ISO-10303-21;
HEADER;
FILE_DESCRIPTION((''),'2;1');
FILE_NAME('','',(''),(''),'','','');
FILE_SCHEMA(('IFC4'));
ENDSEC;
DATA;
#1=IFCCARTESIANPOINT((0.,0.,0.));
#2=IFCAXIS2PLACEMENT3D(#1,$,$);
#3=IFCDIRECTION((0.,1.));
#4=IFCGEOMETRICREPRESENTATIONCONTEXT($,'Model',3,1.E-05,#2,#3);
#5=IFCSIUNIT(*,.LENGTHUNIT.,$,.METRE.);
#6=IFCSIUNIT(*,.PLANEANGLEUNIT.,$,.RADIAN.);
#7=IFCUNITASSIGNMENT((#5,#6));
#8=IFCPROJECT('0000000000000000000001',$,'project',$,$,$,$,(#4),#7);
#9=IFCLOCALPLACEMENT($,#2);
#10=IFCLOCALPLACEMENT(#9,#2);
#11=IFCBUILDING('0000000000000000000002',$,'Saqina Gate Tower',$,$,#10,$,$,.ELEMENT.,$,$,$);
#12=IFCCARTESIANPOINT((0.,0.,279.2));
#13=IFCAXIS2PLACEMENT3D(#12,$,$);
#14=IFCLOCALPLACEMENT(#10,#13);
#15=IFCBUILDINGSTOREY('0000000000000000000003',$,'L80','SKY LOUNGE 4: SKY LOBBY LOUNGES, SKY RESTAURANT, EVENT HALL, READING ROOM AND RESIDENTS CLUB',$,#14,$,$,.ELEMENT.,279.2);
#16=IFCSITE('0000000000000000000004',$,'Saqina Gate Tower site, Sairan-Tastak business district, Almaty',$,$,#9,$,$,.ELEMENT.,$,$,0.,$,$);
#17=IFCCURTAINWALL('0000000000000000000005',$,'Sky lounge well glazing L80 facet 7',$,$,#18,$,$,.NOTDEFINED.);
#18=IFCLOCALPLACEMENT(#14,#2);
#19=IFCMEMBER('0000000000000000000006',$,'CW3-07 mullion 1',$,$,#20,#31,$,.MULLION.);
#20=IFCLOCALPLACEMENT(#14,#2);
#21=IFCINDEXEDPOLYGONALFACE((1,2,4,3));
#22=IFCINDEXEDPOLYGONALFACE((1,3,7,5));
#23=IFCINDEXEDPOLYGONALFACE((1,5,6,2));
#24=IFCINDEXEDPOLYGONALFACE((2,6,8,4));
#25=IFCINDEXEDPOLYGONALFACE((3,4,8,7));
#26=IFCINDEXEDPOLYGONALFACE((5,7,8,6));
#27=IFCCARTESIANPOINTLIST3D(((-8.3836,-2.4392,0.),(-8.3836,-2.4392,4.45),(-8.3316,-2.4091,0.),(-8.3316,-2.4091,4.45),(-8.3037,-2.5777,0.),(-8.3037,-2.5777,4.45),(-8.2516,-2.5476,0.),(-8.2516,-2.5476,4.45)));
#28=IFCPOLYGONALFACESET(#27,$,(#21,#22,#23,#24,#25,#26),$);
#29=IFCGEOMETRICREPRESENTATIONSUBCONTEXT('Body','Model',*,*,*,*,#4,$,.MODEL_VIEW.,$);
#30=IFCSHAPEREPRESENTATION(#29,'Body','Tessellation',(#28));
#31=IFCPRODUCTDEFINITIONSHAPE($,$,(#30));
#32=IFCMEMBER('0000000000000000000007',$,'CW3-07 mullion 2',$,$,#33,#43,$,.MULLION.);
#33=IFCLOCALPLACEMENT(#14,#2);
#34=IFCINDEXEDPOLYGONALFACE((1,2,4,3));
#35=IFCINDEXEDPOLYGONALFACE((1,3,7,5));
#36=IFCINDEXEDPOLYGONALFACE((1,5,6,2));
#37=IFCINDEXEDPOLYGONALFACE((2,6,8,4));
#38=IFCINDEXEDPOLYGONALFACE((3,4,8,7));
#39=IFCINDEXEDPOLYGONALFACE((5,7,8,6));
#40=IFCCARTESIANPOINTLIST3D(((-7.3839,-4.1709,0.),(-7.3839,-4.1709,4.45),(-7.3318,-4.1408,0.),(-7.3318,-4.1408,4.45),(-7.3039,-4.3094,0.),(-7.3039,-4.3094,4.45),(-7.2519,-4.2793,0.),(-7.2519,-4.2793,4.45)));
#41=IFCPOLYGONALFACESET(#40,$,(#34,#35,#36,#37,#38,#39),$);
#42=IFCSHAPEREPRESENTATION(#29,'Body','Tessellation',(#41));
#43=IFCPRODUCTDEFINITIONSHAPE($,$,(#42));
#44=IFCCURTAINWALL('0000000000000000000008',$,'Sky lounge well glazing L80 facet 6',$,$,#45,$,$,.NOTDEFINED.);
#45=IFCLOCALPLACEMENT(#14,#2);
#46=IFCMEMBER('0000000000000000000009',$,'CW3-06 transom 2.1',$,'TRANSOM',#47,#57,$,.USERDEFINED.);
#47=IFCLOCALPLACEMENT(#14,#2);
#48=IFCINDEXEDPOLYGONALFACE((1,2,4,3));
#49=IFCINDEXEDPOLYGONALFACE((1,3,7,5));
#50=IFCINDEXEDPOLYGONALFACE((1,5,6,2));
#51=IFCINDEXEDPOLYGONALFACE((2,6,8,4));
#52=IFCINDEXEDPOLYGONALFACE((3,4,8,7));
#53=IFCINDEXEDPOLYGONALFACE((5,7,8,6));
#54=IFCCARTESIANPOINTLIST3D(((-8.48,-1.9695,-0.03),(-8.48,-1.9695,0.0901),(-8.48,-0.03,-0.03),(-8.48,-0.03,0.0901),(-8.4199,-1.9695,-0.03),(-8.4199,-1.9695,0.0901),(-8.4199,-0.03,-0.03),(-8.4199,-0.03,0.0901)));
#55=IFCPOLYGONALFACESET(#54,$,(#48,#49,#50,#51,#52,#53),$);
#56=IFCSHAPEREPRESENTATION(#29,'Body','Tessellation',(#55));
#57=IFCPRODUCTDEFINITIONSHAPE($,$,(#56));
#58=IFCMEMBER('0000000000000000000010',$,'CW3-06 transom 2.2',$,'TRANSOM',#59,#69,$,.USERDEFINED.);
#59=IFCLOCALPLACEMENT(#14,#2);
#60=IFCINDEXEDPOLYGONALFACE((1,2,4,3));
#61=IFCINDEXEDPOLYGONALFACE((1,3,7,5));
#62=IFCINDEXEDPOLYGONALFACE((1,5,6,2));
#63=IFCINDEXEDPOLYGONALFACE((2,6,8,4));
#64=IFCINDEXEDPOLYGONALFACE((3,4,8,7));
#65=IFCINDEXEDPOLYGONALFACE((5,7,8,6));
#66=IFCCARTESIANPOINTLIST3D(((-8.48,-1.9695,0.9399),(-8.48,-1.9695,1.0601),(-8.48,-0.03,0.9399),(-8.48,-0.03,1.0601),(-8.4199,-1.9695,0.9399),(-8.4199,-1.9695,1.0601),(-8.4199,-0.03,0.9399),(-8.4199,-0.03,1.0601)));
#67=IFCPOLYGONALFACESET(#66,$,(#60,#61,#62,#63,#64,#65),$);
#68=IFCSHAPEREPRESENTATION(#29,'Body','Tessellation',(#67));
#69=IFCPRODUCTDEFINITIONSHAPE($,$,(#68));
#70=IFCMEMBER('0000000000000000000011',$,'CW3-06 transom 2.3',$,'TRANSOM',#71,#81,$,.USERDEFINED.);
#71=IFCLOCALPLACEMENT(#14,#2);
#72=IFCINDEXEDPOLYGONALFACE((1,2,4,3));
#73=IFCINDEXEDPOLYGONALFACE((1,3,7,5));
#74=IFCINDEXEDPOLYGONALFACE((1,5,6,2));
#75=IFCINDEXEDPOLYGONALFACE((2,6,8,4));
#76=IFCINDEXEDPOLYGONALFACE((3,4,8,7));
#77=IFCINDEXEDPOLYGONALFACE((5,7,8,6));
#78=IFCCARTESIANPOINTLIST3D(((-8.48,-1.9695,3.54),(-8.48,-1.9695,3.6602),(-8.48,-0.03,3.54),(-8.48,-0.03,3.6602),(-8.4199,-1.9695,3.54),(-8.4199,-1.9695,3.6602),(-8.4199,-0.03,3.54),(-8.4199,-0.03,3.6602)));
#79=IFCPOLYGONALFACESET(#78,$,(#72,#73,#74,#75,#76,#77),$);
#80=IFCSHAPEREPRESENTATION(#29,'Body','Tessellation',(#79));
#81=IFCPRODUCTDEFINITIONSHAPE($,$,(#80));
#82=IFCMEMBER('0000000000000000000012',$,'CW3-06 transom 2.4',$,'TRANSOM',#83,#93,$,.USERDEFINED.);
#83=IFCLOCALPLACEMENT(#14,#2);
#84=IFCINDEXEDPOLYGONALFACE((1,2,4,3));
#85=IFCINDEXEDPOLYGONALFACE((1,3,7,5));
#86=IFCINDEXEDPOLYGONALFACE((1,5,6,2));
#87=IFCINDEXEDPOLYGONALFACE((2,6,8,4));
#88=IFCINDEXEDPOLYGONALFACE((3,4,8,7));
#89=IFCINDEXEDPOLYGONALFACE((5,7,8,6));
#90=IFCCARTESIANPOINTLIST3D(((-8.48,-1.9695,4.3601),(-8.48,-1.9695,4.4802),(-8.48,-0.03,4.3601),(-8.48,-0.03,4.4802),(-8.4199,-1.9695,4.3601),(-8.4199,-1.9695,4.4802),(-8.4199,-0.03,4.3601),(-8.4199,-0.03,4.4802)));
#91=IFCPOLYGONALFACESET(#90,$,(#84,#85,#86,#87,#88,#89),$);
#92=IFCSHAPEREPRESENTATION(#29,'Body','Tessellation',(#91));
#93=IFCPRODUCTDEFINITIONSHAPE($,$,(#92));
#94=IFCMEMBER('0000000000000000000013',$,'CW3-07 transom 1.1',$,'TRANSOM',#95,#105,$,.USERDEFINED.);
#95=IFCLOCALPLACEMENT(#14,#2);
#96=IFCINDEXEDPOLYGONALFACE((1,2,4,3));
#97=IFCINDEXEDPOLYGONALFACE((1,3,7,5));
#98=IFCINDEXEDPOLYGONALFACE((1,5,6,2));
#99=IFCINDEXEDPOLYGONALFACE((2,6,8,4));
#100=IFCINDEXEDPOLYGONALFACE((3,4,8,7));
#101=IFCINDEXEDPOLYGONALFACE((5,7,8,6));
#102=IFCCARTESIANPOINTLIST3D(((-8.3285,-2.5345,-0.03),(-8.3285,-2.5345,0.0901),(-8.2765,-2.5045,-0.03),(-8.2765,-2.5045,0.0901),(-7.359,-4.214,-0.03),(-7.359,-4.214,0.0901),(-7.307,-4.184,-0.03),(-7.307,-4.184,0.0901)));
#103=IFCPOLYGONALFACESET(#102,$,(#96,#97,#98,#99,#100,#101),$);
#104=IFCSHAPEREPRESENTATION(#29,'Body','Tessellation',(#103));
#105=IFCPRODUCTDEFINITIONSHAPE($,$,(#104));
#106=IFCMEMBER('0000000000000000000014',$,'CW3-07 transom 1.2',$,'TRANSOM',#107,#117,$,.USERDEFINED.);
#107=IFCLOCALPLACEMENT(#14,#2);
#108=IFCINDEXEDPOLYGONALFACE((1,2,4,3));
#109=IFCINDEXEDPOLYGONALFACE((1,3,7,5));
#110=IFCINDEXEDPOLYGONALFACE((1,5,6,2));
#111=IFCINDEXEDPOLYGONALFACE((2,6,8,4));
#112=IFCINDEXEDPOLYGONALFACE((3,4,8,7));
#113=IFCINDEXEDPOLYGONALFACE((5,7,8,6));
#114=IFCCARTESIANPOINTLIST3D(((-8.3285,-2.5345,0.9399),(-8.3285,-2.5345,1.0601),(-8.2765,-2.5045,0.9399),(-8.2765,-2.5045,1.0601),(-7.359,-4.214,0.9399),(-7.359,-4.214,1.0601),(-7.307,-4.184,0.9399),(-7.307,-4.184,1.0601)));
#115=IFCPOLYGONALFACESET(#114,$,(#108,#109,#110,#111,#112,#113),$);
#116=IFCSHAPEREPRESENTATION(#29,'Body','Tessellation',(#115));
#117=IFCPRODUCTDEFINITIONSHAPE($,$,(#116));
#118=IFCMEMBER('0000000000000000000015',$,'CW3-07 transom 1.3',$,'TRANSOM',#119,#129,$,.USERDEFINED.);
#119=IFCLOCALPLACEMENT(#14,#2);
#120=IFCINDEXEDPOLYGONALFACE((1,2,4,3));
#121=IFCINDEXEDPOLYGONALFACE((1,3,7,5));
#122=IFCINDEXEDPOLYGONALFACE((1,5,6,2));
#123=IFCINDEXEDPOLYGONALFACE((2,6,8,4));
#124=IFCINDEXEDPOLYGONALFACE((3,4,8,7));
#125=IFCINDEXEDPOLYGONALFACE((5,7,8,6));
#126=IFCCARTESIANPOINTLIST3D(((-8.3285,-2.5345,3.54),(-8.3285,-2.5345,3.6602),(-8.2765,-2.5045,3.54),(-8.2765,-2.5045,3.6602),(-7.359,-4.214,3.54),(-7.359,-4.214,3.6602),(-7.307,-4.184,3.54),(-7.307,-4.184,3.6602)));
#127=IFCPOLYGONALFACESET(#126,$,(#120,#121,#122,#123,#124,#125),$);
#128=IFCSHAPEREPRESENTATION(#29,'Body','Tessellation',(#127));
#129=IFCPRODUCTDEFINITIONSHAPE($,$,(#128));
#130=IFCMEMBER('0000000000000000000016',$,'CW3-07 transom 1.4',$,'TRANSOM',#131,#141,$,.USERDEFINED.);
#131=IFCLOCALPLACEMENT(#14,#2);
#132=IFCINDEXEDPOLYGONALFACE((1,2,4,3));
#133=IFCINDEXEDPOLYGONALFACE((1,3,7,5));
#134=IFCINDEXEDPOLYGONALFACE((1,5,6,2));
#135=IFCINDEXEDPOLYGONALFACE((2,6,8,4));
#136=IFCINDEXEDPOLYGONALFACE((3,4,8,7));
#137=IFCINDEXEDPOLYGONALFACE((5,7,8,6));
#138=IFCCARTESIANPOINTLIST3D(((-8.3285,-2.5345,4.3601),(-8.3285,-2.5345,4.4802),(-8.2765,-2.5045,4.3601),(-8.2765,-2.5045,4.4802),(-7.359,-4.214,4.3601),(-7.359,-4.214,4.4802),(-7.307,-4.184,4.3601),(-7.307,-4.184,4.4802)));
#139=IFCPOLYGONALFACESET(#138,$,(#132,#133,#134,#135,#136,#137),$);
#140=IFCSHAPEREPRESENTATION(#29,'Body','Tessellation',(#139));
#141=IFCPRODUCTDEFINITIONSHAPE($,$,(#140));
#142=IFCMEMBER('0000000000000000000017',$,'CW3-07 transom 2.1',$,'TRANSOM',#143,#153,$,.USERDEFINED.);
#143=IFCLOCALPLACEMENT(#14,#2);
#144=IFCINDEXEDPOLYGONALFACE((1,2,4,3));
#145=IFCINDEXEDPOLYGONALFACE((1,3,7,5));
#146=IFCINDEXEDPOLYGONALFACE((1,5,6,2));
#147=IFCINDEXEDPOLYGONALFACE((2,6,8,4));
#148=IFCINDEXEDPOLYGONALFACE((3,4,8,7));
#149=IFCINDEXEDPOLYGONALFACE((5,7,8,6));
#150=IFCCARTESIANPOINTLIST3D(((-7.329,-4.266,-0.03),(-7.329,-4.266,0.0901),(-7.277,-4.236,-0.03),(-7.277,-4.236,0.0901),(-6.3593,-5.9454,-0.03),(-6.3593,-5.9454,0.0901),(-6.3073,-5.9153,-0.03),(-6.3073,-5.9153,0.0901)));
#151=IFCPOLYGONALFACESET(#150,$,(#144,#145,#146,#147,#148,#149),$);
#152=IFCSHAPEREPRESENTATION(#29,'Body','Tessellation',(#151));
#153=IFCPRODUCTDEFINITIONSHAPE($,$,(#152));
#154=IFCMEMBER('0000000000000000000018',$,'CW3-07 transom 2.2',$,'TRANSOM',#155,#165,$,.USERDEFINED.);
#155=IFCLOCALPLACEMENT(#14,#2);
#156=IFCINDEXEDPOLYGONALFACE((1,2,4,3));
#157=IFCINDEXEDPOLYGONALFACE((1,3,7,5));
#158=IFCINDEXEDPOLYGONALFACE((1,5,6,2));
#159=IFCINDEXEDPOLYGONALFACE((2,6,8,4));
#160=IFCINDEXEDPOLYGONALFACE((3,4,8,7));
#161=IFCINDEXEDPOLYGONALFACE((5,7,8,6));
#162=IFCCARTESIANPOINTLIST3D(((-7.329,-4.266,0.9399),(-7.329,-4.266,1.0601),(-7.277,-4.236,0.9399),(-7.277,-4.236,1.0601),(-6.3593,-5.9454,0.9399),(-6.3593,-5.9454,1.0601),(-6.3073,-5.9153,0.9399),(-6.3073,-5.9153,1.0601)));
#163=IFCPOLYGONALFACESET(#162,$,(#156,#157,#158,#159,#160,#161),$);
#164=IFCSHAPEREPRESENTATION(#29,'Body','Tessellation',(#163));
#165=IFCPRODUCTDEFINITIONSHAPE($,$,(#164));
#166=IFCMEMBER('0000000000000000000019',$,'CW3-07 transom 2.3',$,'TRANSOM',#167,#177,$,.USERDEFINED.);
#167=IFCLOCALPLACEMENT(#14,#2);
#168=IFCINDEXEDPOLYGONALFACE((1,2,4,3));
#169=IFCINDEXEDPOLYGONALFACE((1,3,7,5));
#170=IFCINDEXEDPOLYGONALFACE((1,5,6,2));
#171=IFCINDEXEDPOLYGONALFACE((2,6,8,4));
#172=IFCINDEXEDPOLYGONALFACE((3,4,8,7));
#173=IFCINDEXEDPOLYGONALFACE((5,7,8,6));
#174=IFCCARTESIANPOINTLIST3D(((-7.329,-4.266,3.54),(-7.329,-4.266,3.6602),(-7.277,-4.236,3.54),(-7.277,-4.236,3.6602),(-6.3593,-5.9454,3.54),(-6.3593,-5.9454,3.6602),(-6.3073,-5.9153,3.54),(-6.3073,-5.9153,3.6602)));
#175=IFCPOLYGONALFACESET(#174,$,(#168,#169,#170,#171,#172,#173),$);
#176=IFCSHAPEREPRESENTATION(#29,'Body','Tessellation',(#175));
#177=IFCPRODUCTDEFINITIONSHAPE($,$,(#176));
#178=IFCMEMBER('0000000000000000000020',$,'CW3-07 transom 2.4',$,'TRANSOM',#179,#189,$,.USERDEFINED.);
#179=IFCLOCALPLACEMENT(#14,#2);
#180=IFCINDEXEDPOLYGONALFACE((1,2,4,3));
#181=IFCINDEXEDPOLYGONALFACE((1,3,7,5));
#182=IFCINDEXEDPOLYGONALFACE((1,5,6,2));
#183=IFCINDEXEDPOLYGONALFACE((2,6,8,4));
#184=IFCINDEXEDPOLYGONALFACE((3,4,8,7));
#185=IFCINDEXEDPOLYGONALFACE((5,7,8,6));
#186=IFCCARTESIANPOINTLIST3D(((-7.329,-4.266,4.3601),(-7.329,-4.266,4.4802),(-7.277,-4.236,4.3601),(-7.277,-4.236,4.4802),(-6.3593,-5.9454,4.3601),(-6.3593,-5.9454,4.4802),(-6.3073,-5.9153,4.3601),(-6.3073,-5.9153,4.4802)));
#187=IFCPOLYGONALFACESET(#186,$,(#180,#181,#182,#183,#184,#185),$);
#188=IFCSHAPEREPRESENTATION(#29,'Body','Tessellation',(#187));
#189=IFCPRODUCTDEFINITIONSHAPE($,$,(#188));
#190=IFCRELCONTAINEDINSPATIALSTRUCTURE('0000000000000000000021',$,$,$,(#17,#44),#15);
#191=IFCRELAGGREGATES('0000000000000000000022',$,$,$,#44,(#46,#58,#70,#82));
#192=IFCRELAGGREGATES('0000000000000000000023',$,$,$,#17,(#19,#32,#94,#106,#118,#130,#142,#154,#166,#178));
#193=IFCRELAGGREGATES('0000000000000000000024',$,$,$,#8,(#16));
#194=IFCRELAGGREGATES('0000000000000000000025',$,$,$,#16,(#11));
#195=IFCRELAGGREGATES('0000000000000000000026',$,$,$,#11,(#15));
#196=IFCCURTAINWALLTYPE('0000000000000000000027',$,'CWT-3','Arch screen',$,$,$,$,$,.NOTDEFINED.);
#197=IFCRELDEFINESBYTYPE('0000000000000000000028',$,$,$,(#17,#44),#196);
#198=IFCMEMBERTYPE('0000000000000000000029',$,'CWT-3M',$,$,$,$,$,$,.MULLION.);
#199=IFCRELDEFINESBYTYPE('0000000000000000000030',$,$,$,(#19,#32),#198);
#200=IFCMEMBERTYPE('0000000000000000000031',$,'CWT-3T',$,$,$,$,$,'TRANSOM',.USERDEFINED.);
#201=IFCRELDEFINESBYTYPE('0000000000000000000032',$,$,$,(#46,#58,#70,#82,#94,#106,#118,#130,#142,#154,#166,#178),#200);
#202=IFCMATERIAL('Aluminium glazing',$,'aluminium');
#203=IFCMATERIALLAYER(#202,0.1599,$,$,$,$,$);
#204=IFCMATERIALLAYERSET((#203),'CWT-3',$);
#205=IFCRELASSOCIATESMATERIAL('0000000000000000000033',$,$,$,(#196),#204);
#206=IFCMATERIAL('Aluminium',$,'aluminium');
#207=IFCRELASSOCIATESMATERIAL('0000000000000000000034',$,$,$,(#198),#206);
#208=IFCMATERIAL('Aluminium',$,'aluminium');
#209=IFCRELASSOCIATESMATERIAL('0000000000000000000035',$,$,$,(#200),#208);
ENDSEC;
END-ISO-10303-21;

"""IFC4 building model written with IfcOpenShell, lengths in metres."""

from ifc_helpers import new_model, si_unit, direction, frame, origin, origin_2d, place, context, subcontext, project, spatial, rectangle, extrude, material, layer, layer_set, material_profile, profile_set, type_object, element, aggregate, save


model = new_model("IFC4")

# Units and contexts
model_context = context("Model", 3, precision=1e-05, world=origin(), true_north=direction((0.0, 1.0)))
body_context = subcontext(model_context, "Body", "Model", "MODEL_VIEW")
ifc_project = project(units=[si_unit("LENGTHUNIT", "METRE"), si_unit("PLANEANGLEUNIT", "RADIAN")], contexts=[model_context])

# Site, building, storey
site_placement = place(None, origin())
site = spatial("IfcSite", under=ifc_project, at=site_placement, Name="Saqina Gate Tower site, Sairan-Tastak business district, Almaty", CompositionType="ELEMENT", RefElevation=0.0)
building_placement = place(site_placement, origin())
building = spatial("IfcBuilding", under=site, at=building_placement, Name="Saqina Gate Tower", CompositionType="ELEMENT")
storey_placement = place(building_placement, frame((0.0, 0.0, 279.2)))
storey = spatial("IfcBuildingStorey", under=building, at=storey_placement, Name="L80", Description="SKY LOUNGE 4: SKY LOBBY LOUNGES, SKY RESTAURANT, EVENT HALL, READING ROOM AND RESIDENTS CLUB", CompositionType="ELEMENT", Elevation=279.2)

# Curtain walls, members
ifc_material_1 = material(Name="Aluminium glazing", Category="aluminium")
ifc_layer_1 = layer(ifc_material_1, 0.1599)
ifc_layer_set_1 = layer_set([ifc_layer_1], Name="CWT-3")
curtain_wall_type = type_object("IfcCurtainWallType", Name="CWT-3", Description="Arch screen", PredefinedType="NOTDEFINED", material=ifc_layer_set_1)
curtain_wall_1_placement = place(storey_placement, origin())
curtain_wall_1 = element("IfcCurtainWall", 1, at=curtain_wall_1_placement, inside=storey, type_object=curtain_wall_type, Name="Sky lounge well glazing L80 facet 7", PredefinedType="NOTDEFINED")
ifc_material_2 = material(Name="Aluminium", Category="aluminium")
ifc_material_profile_1 = material_profile(ifc_material_2, rectangle(XDim=0.0601, YDim=0.1599, at=origin_2d()), Name="Aluminium 60x160")
ifc_profile_set_1 = profile_set([ifc_material_profile_1], Name="Aluminium")
member_type_1 = type_object("IfcMemberType", Name="CWT-3M", PredefinedType="MULLION", material=ifc_profile_set_1)
member_1_placement = place(storey_placement, frame((-8.3176, -2.4934, 0.0), z_axis=(0.0, 0.0, 1.0), x_axis=(0.866024, 0.500003, 0.0)))
member_1 = element("IfcMember", 2, at=member_1_placement, type_object=member_type_1, Name="CW3-07 mullion 1", PredefinedType="MULLION", context=body_context, shape_type="SweptSolid", body=[
    extrude(rectangle(XDim=0.0601, YDim=0.1599, at=origin_2d()), origin(), (0.0, 0.0, 1.0), 4.45),
])
member_2_placement = place(storey_placement, frame((-7.3179, -4.2251, 0.0), z_axis=(0.0, 0.0, 1.0), x_axis=(0.866024, 0.500003, 0.0)))
member_2 = element("IfcMember", 3, at=member_2_placement, type_object=member_type_1, Name="CW3-07 mullion 2", PredefinedType="MULLION", context=body_context, shape_type="SweptSolid", body=[
    extrude(rectangle(XDim=0.0601, YDim=0.1599, at=origin_2d()), origin(), (0.0, 0.0, 1.0), 4.45),
])
curtain_wall_2_placement = place(storey_placement, origin())
curtain_wall_2 = element("IfcCurtainWall", 4, at=curtain_wall_2_placement, inside=storey, type_object=curtain_wall_type, Name="Sky lounge well glazing L80 facet 6", PredefinedType="NOTDEFINED")
ifc_material_3 = material(Name="Aluminium", Category="aluminium")
ifc_material_profile_2 = material_profile(ifc_material_3, rectangle(XDim=0.0601, YDim=0.1201, at=origin_2d()), Name="Aluminium 60x120")
ifc_profile_set_2 = profile_set([ifc_material_profile_2], Name="Aluminium")
member_type_2 = type_object("IfcMemberType", Name="CWT-3T", ElementType="TRANSOM", PredefinedType="USERDEFINED", material=ifc_profile_set_2)
member_3_placement = place(storey_placement, frame((-8.45, -0.03, 0.03), z_axis=(0.0, -1.0, 0.0), x_axis=(1.0, 0.0, 0.0)))
member_3 = element("IfcMember", 5, at=member_3_placement, type_object=member_type_2, Name="CW3-06 transom 2.1", ObjectType="TRANSOM", PredefinedType="USERDEFINED", context=body_context, shape_type="SweptSolid", body=[
    extrude(rectangle(XDim=0.0601, YDim=0.1201, at=origin_2d()), origin(), (0.0, 0.0, 1.0), 1.9395),
])
member_4_placement = place(storey_placement, frame((-8.45, -0.03, 1.0), z_axis=(0.0, -1.0, 0.0), x_axis=(1.0, 0.0, 0.0)))
member_4 = element("IfcMember", 6, at=member_4_placement, type_object=member_type_2, Name="CW3-06 transom 2.2", ObjectType="TRANSOM", PredefinedType="USERDEFINED", context=body_context, shape_type="SweptSolid", body=[
    extrude(rectangle(XDim=0.0601, YDim=0.1201, at=origin_2d()), origin(), (0.0, 0.0, 1.0), 1.9395),
])
member_5_placement = place(storey_placement, frame((-8.45, -0.03, 3.6001), z_axis=(0.0, -1.0, 0.0), x_axis=(1.0, 0.0, 0.0)))
member_5 = element("IfcMember", 7, at=member_5_placement, type_object=member_type_2, Name="CW3-06 transom 2.3", ObjectType="TRANSOM", PredefinedType="USERDEFINED", context=body_context, shape_type="SweptSolid", body=[
    extrude(rectangle(XDim=0.0601, YDim=0.1201, at=origin_2d()), origin(), (0.0, 0.0, 1.0), 1.9395),
])
member_6_placement = place(storey_placement, frame((-8.45, -0.03, 4.4202), z_axis=(0.0, -1.0, 0.0), x_axis=(1.0, 0.0, 0.0)))
member_6 = element("IfcMember", 8, at=member_6_placement, type_object=member_type_2, Name="CW3-06 transom 2.4", ObjectType="TRANSOM", PredefinedType="USERDEFINED", context=body_context, shape_type="SweptSolid", body=[
    extrude(rectangle(XDim=0.0601, YDim=0.1201, at=origin_2d()), origin(), (0.0, 0.0, 1.0), 1.9395),
])

# Members
member_7_placement = place(storey_placement, frame((-8.3025, -2.5195, 0.03), z_axis=(0.499944, -0.866058, 0.0), x_axis=(0.866058, 0.499944, 0.0)))
member_7 = element("IfcMember", 9, at=member_7_placement, type_object=member_type_2, Name="CW3-07 transom 1.1", ObjectType="TRANSOM", PredefinedType="USERDEFINED", context=body_context, shape_type="SweptSolid", body=[
    extrude(rectangle(XDim=0.0601, YDim=0.1201, at=origin_2d()), origin(), (0.0, 0.0, 1.0), 1.9392),
])
member_8_placement = place(storey_placement, frame((-8.3025, -2.5195, 1.0), z_axis=(0.499944, -0.866058, 0.0), x_axis=(0.866058, 0.499944, 0.0)))
member_8 = element("IfcMember", 10, at=member_8_placement, type_object=member_type_2, Name="CW3-07 transom 1.2", ObjectType="TRANSOM", PredefinedType="USERDEFINED", context=body_context, shape_type="SweptSolid", body=[
    extrude(rectangle(XDim=0.0601, YDim=0.1201, at=origin_2d()), origin(), (0.0, 0.0, 1.0), 1.9392),
])
member_9_placement = place(storey_placement, frame((-8.3025, -2.5195, 3.6001), z_axis=(0.499944, -0.866058, 0.0), x_axis=(0.866058, 0.499944, 0.0)))
member_9 = element("IfcMember", 11, at=member_9_placement, type_object=member_type_2, Name="CW3-07 transom 1.3", ObjectType="TRANSOM", PredefinedType="USERDEFINED", context=body_context, shape_type="SweptSolid", body=[
    extrude(rectangle(XDim=0.0601, YDim=0.1201, at=origin_2d()), origin(), (0.0, 0.0, 1.0), 1.9392),
])
member_10_placement = place(storey_placement, frame((-8.3025, -2.5195, 4.4202), z_axis=(0.499944, -0.866058, 0.0), x_axis=(0.866058, 0.499944, 0.0)))
member_10 = element("IfcMember", 12, at=member_10_placement, type_object=member_type_2, Name="CW3-07 transom 1.4", ObjectType="TRANSOM", PredefinedType="USERDEFINED", context=body_context, shape_type="SweptSolid", body=[
    extrude(rectangle(XDim=0.0601, YDim=0.1201, at=origin_2d()), origin(), (0.0, 0.0, 1.0), 1.9392),
])
member_11_placement = place(storey_placement, frame((-7.303, -4.251, 0.03), z_axis=(0.500038, -0.866003, 0.0), x_axis=(0.866003, 0.500038, 0.0)))
member_11 = element("IfcMember", 13, at=member_11_placement, type_object=member_type_2, Name="CW3-07 transom 2.1", ObjectType="TRANSOM", PredefinedType="USERDEFINED", context=body_context, shape_type="SweptSolid", body=[
    extrude(rectangle(XDim=0.0601, YDim=0.1201, at=origin_2d()), origin(), (0.0, 0.0, 1.0), 1.9392),
])
member_12_placement = place(storey_placement, frame((-7.303, -4.251, 1.0), z_axis=(0.500038, -0.866003, 0.0), x_axis=(0.866003, 0.500038, 0.0)))
member_12 = element("IfcMember", 14, at=member_12_placement, type_object=member_type_2, Name="CW3-07 transom 2.2", ObjectType="TRANSOM", PredefinedType="USERDEFINED", context=body_context, shape_type="SweptSolid", body=[
    extrude(rectangle(XDim=0.0601, YDim=0.1201, at=origin_2d()), origin(), (0.0, 0.0, 1.0), 1.9392),
])
member_13_placement = place(storey_placement, frame((-7.303, -4.251, 3.6001), z_axis=(0.500038, -0.866003, 0.0), x_axis=(0.866003, 0.500038, 0.0)))
member_13 = element("IfcMember", 15, at=member_13_placement, type_object=member_type_2, Name="CW3-07 transom 2.3", ObjectType="TRANSOM", PredefinedType="USERDEFINED", context=body_context, shape_type="SweptSolid", body=[
    extrude(rectangle(XDim=0.0601, YDim=0.1201, at=origin_2d()), origin(), (0.0, 0.0, 1.0), 1.9392),
])
member_14_placement = place(storey_placement, frame((-7.303, -4.251, 4.4202), z_axis=(0.500038, -0.866003, 0.0), x_axis=(0.866003, 0.500038, 0.0)))
member_14 = element("IfcMember", 16, at=member_14_placement, type_object=member_type_2, Name="CW3-07 transom 2.4", ObjectType="TRANSOM", PredefinedType="USERDEFINED", context=body_context, shape_type="SweptSolid", body=[
    extrude(rectangle(XDim=0.0601, YDim=0.1201, at=origin_2d()), origin(), (0.0, 0.0, 1.0), 1.9392),
])

aggregate(curtain_wall_2, [member_3, member_4, member_5, member_6])
aggregate(curtain_wall_1, [member_1, member_2, member_7, member_8, member_9, member_10, member_11, member_12, member_13, member_14])

save(model, "model.ifc")
